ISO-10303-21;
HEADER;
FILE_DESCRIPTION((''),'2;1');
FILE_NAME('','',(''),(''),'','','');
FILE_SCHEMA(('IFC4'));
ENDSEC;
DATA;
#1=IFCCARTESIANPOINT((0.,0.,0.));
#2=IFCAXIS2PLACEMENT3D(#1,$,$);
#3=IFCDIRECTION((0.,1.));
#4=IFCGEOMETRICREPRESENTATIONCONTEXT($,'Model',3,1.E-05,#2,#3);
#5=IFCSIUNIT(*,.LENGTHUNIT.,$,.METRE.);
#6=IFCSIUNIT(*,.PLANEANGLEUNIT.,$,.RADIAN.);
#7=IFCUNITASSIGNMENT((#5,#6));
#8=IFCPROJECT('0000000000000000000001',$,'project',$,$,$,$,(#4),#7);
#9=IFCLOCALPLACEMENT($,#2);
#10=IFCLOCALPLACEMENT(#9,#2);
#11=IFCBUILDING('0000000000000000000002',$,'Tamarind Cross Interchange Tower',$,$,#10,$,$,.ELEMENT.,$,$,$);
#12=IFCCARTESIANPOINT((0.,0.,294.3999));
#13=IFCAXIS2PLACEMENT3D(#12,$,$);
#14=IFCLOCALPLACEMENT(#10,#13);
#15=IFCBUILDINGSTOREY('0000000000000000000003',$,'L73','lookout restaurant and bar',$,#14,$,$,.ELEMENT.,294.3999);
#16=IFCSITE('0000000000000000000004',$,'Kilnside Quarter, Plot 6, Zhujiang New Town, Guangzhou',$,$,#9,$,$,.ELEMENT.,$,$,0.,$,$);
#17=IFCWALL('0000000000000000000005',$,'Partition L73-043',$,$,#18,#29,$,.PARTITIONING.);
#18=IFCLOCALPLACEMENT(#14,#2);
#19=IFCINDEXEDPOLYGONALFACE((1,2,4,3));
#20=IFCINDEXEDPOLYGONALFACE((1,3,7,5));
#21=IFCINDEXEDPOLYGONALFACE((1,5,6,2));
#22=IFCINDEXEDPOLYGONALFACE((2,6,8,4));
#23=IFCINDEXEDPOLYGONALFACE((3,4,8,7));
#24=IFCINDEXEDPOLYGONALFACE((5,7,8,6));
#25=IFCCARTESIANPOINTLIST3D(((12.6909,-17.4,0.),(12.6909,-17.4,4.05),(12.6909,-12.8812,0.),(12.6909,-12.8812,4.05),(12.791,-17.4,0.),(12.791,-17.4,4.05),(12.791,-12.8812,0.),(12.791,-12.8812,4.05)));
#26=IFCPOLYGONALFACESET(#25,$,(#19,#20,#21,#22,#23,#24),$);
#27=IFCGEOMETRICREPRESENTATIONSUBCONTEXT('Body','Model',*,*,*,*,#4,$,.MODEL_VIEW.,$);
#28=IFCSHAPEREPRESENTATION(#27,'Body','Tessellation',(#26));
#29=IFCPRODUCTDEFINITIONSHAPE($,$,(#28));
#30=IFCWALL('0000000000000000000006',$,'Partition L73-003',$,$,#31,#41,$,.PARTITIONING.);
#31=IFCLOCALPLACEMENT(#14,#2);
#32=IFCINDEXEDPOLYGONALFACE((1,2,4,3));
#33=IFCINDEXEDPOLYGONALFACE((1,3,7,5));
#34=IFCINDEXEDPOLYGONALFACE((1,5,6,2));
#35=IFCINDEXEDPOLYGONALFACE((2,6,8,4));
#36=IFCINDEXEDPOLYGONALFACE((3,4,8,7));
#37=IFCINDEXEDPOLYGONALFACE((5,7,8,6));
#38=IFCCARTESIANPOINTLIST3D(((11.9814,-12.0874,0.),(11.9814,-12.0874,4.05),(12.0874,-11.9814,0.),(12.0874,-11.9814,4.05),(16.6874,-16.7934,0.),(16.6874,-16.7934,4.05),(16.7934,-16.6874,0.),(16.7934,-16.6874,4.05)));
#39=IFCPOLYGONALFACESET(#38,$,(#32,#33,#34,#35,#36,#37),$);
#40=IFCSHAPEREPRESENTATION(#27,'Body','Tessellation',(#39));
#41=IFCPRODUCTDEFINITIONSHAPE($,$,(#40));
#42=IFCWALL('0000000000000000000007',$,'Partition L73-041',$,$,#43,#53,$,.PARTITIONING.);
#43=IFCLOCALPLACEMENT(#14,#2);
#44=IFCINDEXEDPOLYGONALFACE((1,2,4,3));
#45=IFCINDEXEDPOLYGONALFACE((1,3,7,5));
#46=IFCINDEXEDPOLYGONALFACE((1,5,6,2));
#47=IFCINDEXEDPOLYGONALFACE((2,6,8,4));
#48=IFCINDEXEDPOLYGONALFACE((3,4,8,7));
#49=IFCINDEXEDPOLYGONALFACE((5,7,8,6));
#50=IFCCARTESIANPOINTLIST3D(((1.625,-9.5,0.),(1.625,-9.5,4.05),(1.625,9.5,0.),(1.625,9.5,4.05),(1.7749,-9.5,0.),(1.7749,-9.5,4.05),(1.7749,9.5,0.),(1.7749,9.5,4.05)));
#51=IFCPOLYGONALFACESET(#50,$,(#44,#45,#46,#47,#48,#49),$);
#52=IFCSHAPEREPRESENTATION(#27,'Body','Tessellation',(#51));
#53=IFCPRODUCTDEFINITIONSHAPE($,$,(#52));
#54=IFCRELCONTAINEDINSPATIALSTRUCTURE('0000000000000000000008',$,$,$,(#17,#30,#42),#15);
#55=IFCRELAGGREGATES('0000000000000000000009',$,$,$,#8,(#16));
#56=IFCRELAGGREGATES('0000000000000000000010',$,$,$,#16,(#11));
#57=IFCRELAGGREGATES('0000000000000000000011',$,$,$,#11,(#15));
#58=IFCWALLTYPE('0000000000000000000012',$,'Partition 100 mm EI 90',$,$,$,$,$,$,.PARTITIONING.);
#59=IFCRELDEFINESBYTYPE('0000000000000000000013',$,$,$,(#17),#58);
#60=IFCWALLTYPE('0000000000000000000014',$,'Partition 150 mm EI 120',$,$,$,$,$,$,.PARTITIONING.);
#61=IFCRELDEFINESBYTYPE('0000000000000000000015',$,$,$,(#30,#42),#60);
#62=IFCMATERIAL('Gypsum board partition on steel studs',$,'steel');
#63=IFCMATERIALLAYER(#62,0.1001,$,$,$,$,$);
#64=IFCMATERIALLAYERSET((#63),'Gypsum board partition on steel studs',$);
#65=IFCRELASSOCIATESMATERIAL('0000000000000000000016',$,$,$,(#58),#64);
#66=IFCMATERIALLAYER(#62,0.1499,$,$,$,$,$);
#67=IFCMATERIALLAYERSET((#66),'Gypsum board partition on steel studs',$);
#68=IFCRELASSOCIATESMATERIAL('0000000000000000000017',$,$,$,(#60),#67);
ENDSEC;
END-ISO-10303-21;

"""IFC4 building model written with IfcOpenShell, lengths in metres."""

from ifc_helpers import new_model, si_unit, direction, frame, frame_2d, origin, place, context, subcontext, project, spatial, rectangle, extrude, material, layer, layer_set, type_object, element, save


model = new_model("IFC4")

# Units and contexts
model_context = context("Model", 3, precision=1e-05, world=origin(), true_north=direction((0.0, 1.0)))
body_context = subcontext(model_context, "Body", "Model", "MODEL_VIEW")
ifc_project = project(units=[si_unit("LENGTHUNIT", "METRE"), si_unit("PLANEANGLEUNIT", "RADIAN")], contexts=[model_context])

# Site, building, storey
site_placement = place(None, origin())
site = spatial("IfcSite", under=ifc_project, at=site_placement, Name="Kilnside Quarter, Plot 6, Zhujiang New Town, Guangzhou", CompositionType="ELEMENT", RefElevation=0.0)
building_placement = place(site_placement, origin())
building = spatial("IfcBuilding", under=site, at=building_placement, Name="Tamarind Cross Interchange Tower", CompositionType="ELEMENT")
storey_placement = place(building_placement, frame((0.0, 0.0, 294.3999)))
storey = spatial("IfcBuildingStorey", under=building, at=storey_placement, Name="L73", Description="lookout restaurant and bar", CompositionType="ELEMENT", Elevation=294.3999)

# Walls
ifc_material_1 = material(Name="Gypsum board partition on steel studs", Category="steel")
ifc_layer_1 = layer(ifc_material_1, 0.1001)
ifc_layer_set_1 = layer_set([ifc_layer_1], Name="Gypsum board partition on steel studs")
wall_type_1 = type_object("IfcWallType", Name="Partition 100 mm EI 90", PredefinedType="PARTITIONING", material=ifc_layer_set_1)
wall_1_placement = place(storey_placement, frame((12.741, -17.3999, 0.0), z_axis=(0.0, 0.0, 1.0), x_axis=(0.0, 1.0, 0.0)))
element("IfcWall", 1, at=wall_1_placement, inside=storey, type_object=wall_type_1, Name="Partition L73-043", PredefinedType="PARTITIONING", context=body_context, shape_type="SweptSolid", body=[
    extrude(rectangle(XDim=4.5188, YDim=0.1001, at=frame_2d((2.2593, 0.0))), origin(), (0.0, 0.0, 1.0), 4.05),
])
ifc_layer_2 = layer(ifc_material_1, 0.1499)
ifc_layer_set_2 = layer_set([ifc_layer_2], Name="Gypsum board partition on steel studs")
wall_type_2 = type_object("IfcWallType", Name="Partition 150 mm EI 120", PredefinedType="PARTITIONING", material=ifc_layer_set_2)
wall_2_placement = place(storey_placement, frame((12.0344, -12.0344, 0.0), z_axis=(0.0, 0.0, 1.0), x_axis=(0.707107, -0.707107, 0.0)))
element("IfcWall", 2, at=wall_2_placement, inside=storey, type_object=wall_type_2, Name="Partition L73-003", PredefinedType="PARTITIONING", context=body_context, shape_type="SweptSolid", body=[
    extrude(rectangle(XDim=6.6553, YDim=0.1499, at=frame_2d((3.3276, 0.0))), origin(), (0.0, 0.0, 1.0), 4.05),
])
wall_3_placement = place(storey_placement, frame((1.7, -9.5, 0.0), z_axis=(0.0, 0.0, 1.0), x_axis=(0.0, 1.0, 0.0)))
element("IfcWall", 3, at=wall_3_placement, inside=storey, type_object=wall_type_2, Name="Partition L73-041", PredefinedType="PARTITIONING", context=body_context, shape_type="SweptSolid", body=[
    extrude(rectangle(XDim=19.0, YDim=0.1499, at=frame_2d((9.5, 0.0))), origin(), (0.0, 0.0, 1.0), 4.05),
])

save(model, "model.ifc")
